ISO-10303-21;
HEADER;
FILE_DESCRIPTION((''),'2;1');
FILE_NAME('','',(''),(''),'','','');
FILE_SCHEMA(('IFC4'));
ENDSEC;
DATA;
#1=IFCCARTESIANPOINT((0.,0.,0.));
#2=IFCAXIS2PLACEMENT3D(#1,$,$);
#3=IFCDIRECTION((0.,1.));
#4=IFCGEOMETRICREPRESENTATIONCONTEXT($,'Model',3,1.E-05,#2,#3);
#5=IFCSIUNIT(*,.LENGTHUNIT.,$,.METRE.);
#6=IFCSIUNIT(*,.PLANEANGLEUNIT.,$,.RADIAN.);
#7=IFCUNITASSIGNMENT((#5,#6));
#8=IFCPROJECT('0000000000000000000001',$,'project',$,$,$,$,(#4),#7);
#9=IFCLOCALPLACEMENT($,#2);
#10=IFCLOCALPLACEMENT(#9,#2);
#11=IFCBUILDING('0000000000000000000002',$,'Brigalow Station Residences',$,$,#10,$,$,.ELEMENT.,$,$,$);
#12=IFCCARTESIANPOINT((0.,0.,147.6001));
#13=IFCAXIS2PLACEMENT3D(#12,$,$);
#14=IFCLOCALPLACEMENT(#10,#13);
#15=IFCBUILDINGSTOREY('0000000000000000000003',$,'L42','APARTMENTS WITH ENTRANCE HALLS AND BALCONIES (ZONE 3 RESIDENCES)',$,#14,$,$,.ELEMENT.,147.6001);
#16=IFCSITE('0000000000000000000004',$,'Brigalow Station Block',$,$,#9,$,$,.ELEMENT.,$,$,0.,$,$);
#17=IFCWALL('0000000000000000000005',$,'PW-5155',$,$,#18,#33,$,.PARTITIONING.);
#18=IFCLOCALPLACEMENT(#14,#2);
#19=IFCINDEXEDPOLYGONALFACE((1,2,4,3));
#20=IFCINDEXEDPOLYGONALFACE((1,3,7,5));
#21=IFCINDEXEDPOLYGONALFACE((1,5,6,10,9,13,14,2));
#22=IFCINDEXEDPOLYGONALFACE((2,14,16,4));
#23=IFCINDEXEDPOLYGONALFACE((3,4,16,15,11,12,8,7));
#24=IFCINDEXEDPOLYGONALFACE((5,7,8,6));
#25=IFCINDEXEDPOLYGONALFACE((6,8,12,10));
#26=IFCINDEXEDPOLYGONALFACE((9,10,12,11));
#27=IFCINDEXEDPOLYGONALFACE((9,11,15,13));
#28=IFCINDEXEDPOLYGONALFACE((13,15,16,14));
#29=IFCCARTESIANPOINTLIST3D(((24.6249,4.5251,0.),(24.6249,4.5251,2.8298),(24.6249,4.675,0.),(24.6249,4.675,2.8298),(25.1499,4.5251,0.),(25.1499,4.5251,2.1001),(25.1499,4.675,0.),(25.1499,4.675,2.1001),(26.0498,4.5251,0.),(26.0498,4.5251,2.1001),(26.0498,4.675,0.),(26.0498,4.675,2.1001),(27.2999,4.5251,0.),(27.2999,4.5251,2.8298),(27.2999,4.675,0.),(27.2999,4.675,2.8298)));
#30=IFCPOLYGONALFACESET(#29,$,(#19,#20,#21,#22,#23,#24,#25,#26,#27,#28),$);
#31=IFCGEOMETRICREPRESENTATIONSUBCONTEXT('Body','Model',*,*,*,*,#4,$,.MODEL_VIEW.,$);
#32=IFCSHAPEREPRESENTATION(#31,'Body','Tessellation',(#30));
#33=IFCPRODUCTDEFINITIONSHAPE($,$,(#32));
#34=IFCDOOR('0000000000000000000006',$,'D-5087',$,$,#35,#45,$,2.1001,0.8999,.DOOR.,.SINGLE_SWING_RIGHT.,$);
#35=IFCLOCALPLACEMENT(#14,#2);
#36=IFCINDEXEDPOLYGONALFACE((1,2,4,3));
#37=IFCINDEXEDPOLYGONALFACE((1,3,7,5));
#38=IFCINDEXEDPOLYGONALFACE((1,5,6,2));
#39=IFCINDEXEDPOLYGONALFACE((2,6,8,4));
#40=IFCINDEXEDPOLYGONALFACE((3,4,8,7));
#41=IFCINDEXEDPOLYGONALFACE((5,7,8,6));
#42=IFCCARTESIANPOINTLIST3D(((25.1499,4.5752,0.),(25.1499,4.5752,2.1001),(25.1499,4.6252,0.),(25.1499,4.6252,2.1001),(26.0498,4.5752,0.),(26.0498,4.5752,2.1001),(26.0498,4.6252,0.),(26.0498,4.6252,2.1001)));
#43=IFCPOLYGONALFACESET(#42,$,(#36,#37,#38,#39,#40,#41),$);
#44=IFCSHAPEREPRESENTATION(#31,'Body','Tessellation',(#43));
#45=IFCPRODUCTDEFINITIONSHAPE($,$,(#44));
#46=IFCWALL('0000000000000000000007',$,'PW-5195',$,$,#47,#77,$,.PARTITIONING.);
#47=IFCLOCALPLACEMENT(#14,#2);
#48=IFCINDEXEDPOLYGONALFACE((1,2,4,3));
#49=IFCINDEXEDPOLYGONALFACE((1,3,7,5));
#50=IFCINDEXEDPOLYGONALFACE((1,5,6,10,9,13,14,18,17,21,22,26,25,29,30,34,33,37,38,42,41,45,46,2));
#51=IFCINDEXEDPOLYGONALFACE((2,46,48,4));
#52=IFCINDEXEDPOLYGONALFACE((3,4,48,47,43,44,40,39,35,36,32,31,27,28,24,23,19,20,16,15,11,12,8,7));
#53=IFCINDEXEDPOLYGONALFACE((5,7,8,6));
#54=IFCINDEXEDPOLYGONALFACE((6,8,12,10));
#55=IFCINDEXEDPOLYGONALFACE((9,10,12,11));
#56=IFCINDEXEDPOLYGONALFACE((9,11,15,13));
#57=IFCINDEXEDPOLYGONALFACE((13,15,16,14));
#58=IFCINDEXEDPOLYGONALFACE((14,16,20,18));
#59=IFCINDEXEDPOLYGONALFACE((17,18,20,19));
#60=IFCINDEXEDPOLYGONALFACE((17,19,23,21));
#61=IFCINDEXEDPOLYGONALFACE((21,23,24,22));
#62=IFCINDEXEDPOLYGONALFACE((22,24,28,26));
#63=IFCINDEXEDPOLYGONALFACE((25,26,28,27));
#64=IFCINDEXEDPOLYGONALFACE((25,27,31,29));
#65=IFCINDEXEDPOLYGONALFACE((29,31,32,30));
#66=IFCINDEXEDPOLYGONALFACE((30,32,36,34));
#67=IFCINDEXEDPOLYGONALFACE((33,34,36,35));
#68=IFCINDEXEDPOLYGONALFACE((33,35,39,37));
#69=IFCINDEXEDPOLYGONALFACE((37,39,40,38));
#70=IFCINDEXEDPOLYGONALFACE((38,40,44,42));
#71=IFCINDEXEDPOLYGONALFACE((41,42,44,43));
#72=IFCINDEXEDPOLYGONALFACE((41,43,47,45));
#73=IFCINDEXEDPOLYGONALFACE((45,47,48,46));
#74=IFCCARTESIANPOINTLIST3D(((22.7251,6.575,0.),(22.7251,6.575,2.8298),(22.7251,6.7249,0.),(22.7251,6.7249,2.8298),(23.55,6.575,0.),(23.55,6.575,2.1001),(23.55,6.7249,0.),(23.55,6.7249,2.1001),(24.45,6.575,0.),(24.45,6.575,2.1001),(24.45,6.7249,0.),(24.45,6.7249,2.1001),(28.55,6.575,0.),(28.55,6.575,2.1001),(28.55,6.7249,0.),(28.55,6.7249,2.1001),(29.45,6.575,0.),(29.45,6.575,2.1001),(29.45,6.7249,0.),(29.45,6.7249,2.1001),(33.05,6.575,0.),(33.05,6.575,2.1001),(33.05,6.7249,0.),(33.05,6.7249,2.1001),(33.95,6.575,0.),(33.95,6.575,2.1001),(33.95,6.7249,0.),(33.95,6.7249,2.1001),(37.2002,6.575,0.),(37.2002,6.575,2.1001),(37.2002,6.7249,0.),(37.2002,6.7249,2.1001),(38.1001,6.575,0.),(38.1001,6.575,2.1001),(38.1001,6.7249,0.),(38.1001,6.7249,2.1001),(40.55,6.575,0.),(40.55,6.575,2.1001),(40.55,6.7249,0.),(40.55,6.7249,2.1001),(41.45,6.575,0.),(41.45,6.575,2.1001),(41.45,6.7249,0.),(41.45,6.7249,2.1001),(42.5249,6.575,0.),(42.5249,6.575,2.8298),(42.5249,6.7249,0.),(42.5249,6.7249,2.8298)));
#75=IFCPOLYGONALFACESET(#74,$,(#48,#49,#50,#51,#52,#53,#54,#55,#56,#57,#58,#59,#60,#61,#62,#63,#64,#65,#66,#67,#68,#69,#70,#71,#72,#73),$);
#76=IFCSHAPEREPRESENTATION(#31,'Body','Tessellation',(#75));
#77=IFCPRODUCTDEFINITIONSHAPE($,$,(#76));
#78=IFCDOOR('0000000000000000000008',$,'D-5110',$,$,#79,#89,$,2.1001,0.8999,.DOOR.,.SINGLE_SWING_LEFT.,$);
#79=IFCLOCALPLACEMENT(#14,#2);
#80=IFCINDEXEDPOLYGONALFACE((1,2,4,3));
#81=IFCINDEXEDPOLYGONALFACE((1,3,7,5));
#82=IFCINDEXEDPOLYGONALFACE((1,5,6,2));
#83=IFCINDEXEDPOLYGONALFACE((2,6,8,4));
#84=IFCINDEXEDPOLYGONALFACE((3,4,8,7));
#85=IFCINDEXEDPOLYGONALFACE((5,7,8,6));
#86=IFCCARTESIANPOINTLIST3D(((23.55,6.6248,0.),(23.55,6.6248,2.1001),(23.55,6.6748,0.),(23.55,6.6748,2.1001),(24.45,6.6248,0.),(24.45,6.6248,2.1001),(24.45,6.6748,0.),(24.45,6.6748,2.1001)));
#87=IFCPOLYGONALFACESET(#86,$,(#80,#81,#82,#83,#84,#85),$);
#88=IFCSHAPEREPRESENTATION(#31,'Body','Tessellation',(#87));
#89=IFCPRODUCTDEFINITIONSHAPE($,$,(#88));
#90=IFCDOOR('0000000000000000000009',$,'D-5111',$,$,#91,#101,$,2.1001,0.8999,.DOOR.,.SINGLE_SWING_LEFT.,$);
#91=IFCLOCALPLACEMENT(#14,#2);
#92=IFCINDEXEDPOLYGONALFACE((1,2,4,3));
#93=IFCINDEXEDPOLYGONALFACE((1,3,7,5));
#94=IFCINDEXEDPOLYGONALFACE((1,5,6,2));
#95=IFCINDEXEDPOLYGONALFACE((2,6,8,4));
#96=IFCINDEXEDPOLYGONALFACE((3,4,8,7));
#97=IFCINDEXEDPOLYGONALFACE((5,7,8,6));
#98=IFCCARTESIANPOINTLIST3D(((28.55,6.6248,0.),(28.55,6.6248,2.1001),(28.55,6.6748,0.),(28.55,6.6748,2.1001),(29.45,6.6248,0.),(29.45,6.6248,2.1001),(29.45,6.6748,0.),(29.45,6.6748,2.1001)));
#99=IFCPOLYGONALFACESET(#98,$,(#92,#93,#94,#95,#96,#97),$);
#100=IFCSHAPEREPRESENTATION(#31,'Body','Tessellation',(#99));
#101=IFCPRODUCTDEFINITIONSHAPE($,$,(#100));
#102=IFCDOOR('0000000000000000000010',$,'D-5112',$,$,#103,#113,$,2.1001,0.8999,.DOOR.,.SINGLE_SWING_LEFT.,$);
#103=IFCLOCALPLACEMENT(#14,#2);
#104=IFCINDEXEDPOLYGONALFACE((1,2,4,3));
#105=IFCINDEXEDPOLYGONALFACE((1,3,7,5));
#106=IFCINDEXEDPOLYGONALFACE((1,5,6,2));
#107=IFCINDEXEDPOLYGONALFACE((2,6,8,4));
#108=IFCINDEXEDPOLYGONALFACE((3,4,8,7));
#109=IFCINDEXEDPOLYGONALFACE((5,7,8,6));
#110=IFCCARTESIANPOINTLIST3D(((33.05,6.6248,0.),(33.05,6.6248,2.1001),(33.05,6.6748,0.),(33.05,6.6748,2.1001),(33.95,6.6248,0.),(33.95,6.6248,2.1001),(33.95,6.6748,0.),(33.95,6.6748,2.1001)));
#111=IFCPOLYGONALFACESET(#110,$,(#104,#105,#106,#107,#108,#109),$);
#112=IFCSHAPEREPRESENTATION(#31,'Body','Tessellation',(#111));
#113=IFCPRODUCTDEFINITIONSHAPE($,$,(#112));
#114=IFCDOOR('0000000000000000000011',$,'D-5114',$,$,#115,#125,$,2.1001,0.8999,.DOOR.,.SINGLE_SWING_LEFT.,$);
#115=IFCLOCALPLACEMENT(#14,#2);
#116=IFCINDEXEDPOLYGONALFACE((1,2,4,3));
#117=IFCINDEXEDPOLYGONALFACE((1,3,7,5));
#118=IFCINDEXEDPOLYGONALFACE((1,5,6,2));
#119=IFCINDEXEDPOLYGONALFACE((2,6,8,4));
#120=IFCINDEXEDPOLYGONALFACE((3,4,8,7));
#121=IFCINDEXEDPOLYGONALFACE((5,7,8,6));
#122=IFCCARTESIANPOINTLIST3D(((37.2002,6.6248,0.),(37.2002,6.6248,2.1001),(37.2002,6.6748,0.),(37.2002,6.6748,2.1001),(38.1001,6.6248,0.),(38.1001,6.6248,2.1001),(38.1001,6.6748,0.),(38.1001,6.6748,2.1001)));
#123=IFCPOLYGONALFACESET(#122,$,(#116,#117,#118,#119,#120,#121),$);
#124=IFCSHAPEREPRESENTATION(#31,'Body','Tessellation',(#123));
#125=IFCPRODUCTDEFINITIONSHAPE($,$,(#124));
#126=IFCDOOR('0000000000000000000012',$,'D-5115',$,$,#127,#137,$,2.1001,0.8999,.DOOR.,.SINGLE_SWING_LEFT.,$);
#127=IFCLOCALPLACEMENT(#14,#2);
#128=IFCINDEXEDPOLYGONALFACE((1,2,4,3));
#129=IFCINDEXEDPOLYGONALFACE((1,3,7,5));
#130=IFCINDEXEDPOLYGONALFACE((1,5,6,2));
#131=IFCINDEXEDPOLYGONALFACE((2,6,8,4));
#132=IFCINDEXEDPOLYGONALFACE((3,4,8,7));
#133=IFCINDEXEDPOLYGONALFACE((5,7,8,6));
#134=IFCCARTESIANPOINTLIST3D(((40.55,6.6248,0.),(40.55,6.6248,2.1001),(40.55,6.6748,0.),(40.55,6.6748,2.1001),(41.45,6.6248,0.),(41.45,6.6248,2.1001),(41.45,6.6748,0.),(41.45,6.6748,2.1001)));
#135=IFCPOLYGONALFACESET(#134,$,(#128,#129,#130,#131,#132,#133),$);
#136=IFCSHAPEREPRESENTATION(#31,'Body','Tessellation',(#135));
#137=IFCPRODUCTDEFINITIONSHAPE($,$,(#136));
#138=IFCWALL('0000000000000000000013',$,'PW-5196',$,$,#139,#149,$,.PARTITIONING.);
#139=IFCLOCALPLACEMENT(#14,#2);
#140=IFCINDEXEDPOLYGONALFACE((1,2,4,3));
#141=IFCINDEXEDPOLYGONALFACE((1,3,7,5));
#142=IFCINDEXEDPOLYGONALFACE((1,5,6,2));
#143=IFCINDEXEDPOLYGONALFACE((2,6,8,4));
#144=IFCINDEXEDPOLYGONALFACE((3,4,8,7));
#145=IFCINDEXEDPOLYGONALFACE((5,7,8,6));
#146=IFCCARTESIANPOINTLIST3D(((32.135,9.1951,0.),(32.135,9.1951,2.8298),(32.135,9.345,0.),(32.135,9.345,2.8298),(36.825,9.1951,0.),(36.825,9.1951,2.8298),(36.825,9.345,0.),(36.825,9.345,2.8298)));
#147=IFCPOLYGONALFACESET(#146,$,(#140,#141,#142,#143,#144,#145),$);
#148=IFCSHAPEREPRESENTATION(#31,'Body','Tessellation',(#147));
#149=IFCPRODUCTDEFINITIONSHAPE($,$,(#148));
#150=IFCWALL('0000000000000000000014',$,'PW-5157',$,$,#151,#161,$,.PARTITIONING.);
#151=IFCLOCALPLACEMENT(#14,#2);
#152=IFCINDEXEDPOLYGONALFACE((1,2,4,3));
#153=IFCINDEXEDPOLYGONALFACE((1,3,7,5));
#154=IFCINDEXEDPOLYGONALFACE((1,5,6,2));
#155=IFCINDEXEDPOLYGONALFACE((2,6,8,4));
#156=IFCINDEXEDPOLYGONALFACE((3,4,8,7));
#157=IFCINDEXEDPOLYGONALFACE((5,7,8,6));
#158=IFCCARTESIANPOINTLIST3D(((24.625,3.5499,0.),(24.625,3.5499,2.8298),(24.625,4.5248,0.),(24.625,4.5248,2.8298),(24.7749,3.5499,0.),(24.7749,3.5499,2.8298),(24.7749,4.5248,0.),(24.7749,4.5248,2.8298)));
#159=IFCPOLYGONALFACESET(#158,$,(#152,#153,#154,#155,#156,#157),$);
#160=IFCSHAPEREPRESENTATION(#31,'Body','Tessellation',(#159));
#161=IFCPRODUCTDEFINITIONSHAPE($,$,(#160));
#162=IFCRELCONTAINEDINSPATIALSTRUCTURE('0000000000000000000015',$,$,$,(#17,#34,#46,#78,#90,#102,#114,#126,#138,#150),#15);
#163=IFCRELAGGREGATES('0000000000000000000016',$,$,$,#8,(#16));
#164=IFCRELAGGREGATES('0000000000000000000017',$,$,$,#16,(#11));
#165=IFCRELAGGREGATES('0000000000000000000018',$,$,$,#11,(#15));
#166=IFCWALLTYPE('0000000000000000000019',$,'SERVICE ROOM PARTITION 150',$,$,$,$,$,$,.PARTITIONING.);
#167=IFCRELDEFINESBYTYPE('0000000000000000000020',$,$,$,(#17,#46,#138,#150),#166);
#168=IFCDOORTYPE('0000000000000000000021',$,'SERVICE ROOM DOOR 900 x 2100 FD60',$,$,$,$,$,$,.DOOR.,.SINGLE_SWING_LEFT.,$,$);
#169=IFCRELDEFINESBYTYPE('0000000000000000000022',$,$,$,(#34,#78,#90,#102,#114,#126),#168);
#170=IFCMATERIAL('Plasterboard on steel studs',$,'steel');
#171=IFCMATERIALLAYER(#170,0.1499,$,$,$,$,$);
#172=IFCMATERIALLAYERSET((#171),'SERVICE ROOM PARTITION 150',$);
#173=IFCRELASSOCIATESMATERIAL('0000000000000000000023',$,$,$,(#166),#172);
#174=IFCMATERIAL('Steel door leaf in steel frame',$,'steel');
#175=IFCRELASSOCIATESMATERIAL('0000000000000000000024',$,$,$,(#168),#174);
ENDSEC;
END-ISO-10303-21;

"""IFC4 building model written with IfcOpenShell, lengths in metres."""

from ifc_helpers import new_model, si_unit, direction, frame, frame_2d, origin, place, context, subcontext, project, spatial, rectangle, extrude, material, layer, layer_set, type_object, element, fill, save


model = new_model("IFC4")

# Units and contexts
model_context = context("Model", 3, precision=1e-05, world=origin(), true_north=direction((0.0, 1.0)))
body_context = subcontext(model_context, "Body", "Model", "MODEL_VIEW")
ifc_project = project(units=[si_unit("LENGTHUNIT", "METRE"), si_unit("PLANEANGLEUNIT", "RADIAN")], contexts=[model_context])

# Site, building, storey
site_placement = place(None, origin())
site = spatial("IfcSite", under=ifc_project, at=site_placement, Name="Brigalow Station Block", CompositionType="ELEMENT", RefElevation=0.0)
building_placement = place(site_placement, origin())
building = spatial("IfcBuilding", under=site, at=building_placement, Name="Brigalow Station Residences", CompositionType="ELEMENT")
storey_placement = place(building_placement, frame((0.0, 0.0, 147.6001)))
storey = spatial("IfcBuildingStorey", under=building, at=storey_placement, Name="L42", Description="APARTMENTS WITH ENTRANCE HALLS AND BALCONIES (ZONE 3 RESIDENCES)", CompositionType="ELEMENT", Elevation=147.6001)

# Wall, opening, door
ifc_material_1 = material(Name="Plasterboard on steel studs", Category="steel")
ifc_layer_1 = layer(ifc_material_1, 0.1499)
ifc_layer_set_1 = layer_set([ifc_layer_1], Name="SERVICE ROOM PARTITION 150")
wall_type_1 = type_object("IfcWallType", Name="SERVICE ROOM PARTITION 150", PredefinedType="PARTITIONING", material=ifc_layer_set_1)
wall_1_placement = place(storey_placement, frame((24.625, 4.6001, 0.0), z_axis=(0.0, 0.0, 1.0), x_axis=(1.0, 0.0, 0.0)))
wall_1 = element("IfcWall", 1, at=wall_1_placement, inside=storey, type_object=wall_type_1, Name="PW-5155", PredefinedType="PARTITIONING", context=body_context, shape_type="SweptSolid", body=[
    extrude(rectangle(XDim=2.675, YDim=0.1499, at=frame_2d((1.3374, 0.0))), origin(), (0.0, 0.0, 1.0), 2.8298),
])
opening_1_placement = place(wall_1_placement, frame((0.5249, 0.0, 0.0)))
opening_1 = element("IfcOpeningElement", 2, at=opening_1_placement, cuts=wall_1, PredefinedType="OPENING", context=body_context, shape_type="SweptSolid", body=[
    extrude(rectangle(XDim=0.8999, YDim=2.1001, at=frame_2d((0.45, 1.05))), frame((0.0, 0.085, 0.0), z_axis=(0.0, -1.0, 0.0), x_axis=(1.0, 0.0, 0.0)), (0.0, 0.0, 1.0), 0.1699),
])
ifc_material_2 = material(Name="Steel door leaf in steel frame", Category="steel")
door_type_1 = type_object("IfcDoorType", Name="SERVICE ROOM DOOR 900 x 2100 FD60", OperationType="SINGLE_SWING_LEFT", PredefinedType="DOOR", material=ifc_material_2)
door_1_placement = place(opening_1_placement, frame((0.8999, 0.0, 0.0), z_axis=(0.0, 0.0, 1.0), x_axis=(-1.0, 0.0, 0.0)))
door_1 = element("IfcDoor", 3, at=door_1_placement, inside=storey, type_object=door_type_1, Name="D-5087", OperationType="SINGLE_SWING_RIGHT", OverallHeight=2.1001, OverallWidth=0.8999, PredefinedType="DOOR", context=body_context, shape_type="SweptSolid", body=[
    extrude(rectangle(XDim=0.8999, YDim=2.1001, at=frame_2d((0.45, 1.05))), frame((0.0, 0.0249, 0.0), z_axis=(0.0, -1.0, 0.0), x_axis=(1.0, 0.0, 0.0)), (0.0, 0.0, 1.0), 0.05),
])
fill(opening_1, door_1)

# Wall, openings, doors
wall_2_placement = place(storey_placement, frame((22.7251, 6.6499, 0.0), z_axis=(0.0, 0.0, 1.0), x_axis=(1.0, 0.0, 0.0)))
wall_2 = element("IfcWall", 4, at=wall_2_placement, inside=storey, type_object=wall_type_1, Name="PW-5195", PredefinedType="PARTITIONING", context=body_context, shape_type="SweptSolid", body=[
    extrude(rectangle(XDim=19.7998, YDim=0.1499, at=frame_2d((9.8999, 0.0))), origin(), (0.0, 0.0, 1.0), 2.8298),
])
opening_2_placement = place(wall_2_placement, frame((0.825, 0.0, 0.0)))
opening_2 = element("IfcOpeningElement", 5, at=opening_2_placement, cuts=wall_2, PredefinedType="OPENING", context=body_context, shape_type="SweptSolid", body=[
    extrude(rectangle(XDim=0.8999, YDim=2.1001, at=frame_2d((0.45, 1.05))), frame((0.0, 0.085, 0.0), z_axis=(0.0, -1.0, 0.0), x_axis=(1.0, 0.0, 0.0)), (0.0, 0.0, 1.0), 0.1699),
])
opening_3_placement = place(wall_2_placement, frame((5.825, 0.0, 0.0)))
opening_3 = element("IfcOpeningElement", 6, at=opening_3_placement, cuts=wall_2, PredefinedType="OPENING", context=body_context, shape_type="SweptSolid", body=[
    extrude(rectangle(XDim=0.8999, YDim=2.1001, at=frame_2d((0.45, 1.05))), frame((0.0, 0.085, 0.0), z_axis=(0.0, -1.0, 0.0), x_axis=(1.0, 0.0, 0.0)), (0.0, 0.0, 1.0), 0.1699),
])
opening_4_placement = place(wall_2_placement, frame((10.325, 0.0, 0.0)))
opening_4 = element("IfcOpeningElement", 7, at=opening_4_placement, cuts=wall_2, PredefinedType="OPENING", context=body_context, shape_type="SweptSolid", body=[
    extrude(rectangle(XDim=0.8999, YDim=2.1001, at=frame_2d((0.45, 1.05))), frame((0.0, 0.085, 0.0), z_axis=(0.0, -1.0, 0.0), x_axis=(1.0, 0.0, 0.0)), (0.0, 0.0, 1.0), 0.1699),
])
opening_5_placement = place(wall_2_placement, frame((14.4751, 0.0, 0.0)))
opening_5 = element("IfcOpeningElement", 8, at=opening_5_placement, cuts=wall_2, PredefinedType="OPENING", context=body_context, shape_type="SweptSolid", body=[
    extrude(rectangle(XDim=0.8999, YDim=2.1001, at=frame_2d((0.45, 1.05))), frame((0.0, 0.085, 0.0), z_axis=(0.0, -1.0, 0.0), x_axis=(1.0, 0.0, 0.0)), (0.0, 0.0, 1.0), 0.1699),
])
opening_6_placement = place(wall_2_placement, frame((17.825, 0.0, 0.0)))
opening_6 = element("IfcOpeningElement", 9, at=opening_6_placement, cuts=wall_2, PredefinedType="OPENING", context=body_context, shape_type="SweptSolid", body=[
    extrude(rectangle(XDim=0.8999, YDim=2.1001, at=frame_2d((0.45, 1.05))), frame((0.0, 0.085, 0.0), z_axis=(0.0, -1.0, 0.0), x_axis=(1.0, 0.0, 0.0)), (0.0, 0.0, 1.0), 0.1699),
])
door_2_placement = place(opening_2_placement, origin())
door_2 = element("IfcDoor", 10, at=door_2_placement, inside=storey, type_object=door_type_1, Name="D-5110", OperationType="SINGLE_SWING_LEFT", OverallHeight=2.1001, OverallWidth=0.8999, PredefinedType="DOOR", context=body_context, shape_type="SweptSolid", body=[
    extrude(rectangle(XDim=0.8999, YDim=2.1001, at=frame_2d((0.45, 1.05))), frame((0.0, 0.0249, 0.0), z_axis=(0.0, -1.0, 0.0), x_axis=(1.0, 0.0, 0.0)), (0.0, 0.0, 1.0), 0.05),
])
fill(opening_2, door_2)
door_3_placement = place(opening_3_placement, origin())
door_3 = element("IfcDoor", 11, at=door_3_placement, inside=storey, type_object=door_type_1, Name="D-5111", OperationType="SINGLE_SWING_LEFT", OverallHeight=2.1001, OverallWidth=0.8999, PredefinedType="DOOR", context=body_context, shape_type="SweptSolid", body=[
    extrude(rectangle(XDim=0.8999, YDim=2.1001, at=frame_2d((0.45, 1.05))), frame((0.0, 0.0249, 0.0), z_axis=(0.0, -1.0, 0.0), x_axis=(1.0, 0.0, 0.0)), (0.0, 0.0, 1.0), 0.05),
])
fill(opening_3, door_3)
door_4_placement = place(opening_4_placement, origin())
door_4 = element("IfcDoor", 12, at=door_4_placement, inside=storey, type_object=door_type_1, Name="D-5112", OperationType="SINGLE_SWING_LEFT", OverallHeight=2.1001, OverallWidth=0.8999, PredefinedType="DOOR", context=body_context, shape_type="SweptSolid", body=[
    extrude(rectangle(XDim=0.8999, YDim=2.1001, at=frame_2d((0.45, 1.05))), frame((0.0, 0.0249, 0.0), z_axis=(0.0, -1.0, 0.0), x_axis=(1.0, 0.0, 0.0)), (0.0, 0.0, 1.0), 0.05),
])
fill(opening_4, door_4)
door_5_placement = place(opening_5_placement, origin())
door_5 = element("IfcDoor", 13, at=door_5_placement, inside=storey, type_object=door_type_1, Name="D-5114", OperationType="SINGLE_SWING_LEFT", OverallHeight=2.1001, OverallWidth=0.8999, PredefinedType="DOOR", context=body_context, shape_type="SweptSolid", body=[
    extrude(rectangle(XDim=0.8999, YDim=2.1001, at=frame_2d((0.45, 1.05))), frame((0.0, 0.0249, 0.0), z_axis=(0.0, -1.0, 0.0), x_axis=(1.0, 0.0, 0.0)), (0.0, 0.0, 1.0), 0.05),
])
fill(opening_5, door_5)
door_6_placement = place(opening_6_placement, origin())
door_6 = element("IfcDoor", 14, at=door_6_placement, inside=storey, type_object=door_type_1, Name="D-5115", OperationType="SINGLE_SWING_LEFT", OverallHeight=2.1001, OverallWidth=0.8999, PredefinedType="DOOR", context=body_context, shape_type="SweptSolid", body=[
    extrude(rectangle(XDim=0.8999, YDim=2.1001, at=frame_2d((0.45, 1.05))), frame((0.0, 0.0249, 0.0), z_axis=(0.0, -1.0, 0.0), x_axis=(1.0, 0.0, 0.0)), (0.0, 0.0, 1.0), 0.05),
])
fill(opening_6, door_6)

# Walls
wall_3_placement = place(storey_placement, frame((32.135, 9.27, 0.0), z_axis=(0.0, 0.0, 1.0), x_axis=(1.0, 0.0, 0.0)))
element("IfcWall", 15, at=wall_3_placement, inside=storey, type_object=wall_type_1, Name="PW-5196", PredefinedType="PARTITIONING", context=body_context, shape_type="SweptSolid", body=[
    extrude(rectangle(XDim=4.6899, YDim=0.1499, at=frame_2d((2.345, 0.0))), origin(), (0.0, 0.0, 1.0), 2.8298),
])
wall_4_placement = place(storey_placement, frame((24.7, 3.55, 0.0), z_axis=(0.0, 0.0, 1.0), x_axis=(0.0, 1.0, 0.0)))
element("IfcWall", 16, at=wall_4_placement, inside=storey, type_object=wall_type_1, Name="PW-5157", PredefinedType="PARTITIONING", context=body_context, shape_type="SweptSolid", body=[
    extrude(rectangle(XDim=0.9749, YDim=0.1499, at=frame_2d((0.4873, 0.0))), origin(), (0.0, 0.0, 1.0), 2.8298),
])

save(model, "model.ifc")
